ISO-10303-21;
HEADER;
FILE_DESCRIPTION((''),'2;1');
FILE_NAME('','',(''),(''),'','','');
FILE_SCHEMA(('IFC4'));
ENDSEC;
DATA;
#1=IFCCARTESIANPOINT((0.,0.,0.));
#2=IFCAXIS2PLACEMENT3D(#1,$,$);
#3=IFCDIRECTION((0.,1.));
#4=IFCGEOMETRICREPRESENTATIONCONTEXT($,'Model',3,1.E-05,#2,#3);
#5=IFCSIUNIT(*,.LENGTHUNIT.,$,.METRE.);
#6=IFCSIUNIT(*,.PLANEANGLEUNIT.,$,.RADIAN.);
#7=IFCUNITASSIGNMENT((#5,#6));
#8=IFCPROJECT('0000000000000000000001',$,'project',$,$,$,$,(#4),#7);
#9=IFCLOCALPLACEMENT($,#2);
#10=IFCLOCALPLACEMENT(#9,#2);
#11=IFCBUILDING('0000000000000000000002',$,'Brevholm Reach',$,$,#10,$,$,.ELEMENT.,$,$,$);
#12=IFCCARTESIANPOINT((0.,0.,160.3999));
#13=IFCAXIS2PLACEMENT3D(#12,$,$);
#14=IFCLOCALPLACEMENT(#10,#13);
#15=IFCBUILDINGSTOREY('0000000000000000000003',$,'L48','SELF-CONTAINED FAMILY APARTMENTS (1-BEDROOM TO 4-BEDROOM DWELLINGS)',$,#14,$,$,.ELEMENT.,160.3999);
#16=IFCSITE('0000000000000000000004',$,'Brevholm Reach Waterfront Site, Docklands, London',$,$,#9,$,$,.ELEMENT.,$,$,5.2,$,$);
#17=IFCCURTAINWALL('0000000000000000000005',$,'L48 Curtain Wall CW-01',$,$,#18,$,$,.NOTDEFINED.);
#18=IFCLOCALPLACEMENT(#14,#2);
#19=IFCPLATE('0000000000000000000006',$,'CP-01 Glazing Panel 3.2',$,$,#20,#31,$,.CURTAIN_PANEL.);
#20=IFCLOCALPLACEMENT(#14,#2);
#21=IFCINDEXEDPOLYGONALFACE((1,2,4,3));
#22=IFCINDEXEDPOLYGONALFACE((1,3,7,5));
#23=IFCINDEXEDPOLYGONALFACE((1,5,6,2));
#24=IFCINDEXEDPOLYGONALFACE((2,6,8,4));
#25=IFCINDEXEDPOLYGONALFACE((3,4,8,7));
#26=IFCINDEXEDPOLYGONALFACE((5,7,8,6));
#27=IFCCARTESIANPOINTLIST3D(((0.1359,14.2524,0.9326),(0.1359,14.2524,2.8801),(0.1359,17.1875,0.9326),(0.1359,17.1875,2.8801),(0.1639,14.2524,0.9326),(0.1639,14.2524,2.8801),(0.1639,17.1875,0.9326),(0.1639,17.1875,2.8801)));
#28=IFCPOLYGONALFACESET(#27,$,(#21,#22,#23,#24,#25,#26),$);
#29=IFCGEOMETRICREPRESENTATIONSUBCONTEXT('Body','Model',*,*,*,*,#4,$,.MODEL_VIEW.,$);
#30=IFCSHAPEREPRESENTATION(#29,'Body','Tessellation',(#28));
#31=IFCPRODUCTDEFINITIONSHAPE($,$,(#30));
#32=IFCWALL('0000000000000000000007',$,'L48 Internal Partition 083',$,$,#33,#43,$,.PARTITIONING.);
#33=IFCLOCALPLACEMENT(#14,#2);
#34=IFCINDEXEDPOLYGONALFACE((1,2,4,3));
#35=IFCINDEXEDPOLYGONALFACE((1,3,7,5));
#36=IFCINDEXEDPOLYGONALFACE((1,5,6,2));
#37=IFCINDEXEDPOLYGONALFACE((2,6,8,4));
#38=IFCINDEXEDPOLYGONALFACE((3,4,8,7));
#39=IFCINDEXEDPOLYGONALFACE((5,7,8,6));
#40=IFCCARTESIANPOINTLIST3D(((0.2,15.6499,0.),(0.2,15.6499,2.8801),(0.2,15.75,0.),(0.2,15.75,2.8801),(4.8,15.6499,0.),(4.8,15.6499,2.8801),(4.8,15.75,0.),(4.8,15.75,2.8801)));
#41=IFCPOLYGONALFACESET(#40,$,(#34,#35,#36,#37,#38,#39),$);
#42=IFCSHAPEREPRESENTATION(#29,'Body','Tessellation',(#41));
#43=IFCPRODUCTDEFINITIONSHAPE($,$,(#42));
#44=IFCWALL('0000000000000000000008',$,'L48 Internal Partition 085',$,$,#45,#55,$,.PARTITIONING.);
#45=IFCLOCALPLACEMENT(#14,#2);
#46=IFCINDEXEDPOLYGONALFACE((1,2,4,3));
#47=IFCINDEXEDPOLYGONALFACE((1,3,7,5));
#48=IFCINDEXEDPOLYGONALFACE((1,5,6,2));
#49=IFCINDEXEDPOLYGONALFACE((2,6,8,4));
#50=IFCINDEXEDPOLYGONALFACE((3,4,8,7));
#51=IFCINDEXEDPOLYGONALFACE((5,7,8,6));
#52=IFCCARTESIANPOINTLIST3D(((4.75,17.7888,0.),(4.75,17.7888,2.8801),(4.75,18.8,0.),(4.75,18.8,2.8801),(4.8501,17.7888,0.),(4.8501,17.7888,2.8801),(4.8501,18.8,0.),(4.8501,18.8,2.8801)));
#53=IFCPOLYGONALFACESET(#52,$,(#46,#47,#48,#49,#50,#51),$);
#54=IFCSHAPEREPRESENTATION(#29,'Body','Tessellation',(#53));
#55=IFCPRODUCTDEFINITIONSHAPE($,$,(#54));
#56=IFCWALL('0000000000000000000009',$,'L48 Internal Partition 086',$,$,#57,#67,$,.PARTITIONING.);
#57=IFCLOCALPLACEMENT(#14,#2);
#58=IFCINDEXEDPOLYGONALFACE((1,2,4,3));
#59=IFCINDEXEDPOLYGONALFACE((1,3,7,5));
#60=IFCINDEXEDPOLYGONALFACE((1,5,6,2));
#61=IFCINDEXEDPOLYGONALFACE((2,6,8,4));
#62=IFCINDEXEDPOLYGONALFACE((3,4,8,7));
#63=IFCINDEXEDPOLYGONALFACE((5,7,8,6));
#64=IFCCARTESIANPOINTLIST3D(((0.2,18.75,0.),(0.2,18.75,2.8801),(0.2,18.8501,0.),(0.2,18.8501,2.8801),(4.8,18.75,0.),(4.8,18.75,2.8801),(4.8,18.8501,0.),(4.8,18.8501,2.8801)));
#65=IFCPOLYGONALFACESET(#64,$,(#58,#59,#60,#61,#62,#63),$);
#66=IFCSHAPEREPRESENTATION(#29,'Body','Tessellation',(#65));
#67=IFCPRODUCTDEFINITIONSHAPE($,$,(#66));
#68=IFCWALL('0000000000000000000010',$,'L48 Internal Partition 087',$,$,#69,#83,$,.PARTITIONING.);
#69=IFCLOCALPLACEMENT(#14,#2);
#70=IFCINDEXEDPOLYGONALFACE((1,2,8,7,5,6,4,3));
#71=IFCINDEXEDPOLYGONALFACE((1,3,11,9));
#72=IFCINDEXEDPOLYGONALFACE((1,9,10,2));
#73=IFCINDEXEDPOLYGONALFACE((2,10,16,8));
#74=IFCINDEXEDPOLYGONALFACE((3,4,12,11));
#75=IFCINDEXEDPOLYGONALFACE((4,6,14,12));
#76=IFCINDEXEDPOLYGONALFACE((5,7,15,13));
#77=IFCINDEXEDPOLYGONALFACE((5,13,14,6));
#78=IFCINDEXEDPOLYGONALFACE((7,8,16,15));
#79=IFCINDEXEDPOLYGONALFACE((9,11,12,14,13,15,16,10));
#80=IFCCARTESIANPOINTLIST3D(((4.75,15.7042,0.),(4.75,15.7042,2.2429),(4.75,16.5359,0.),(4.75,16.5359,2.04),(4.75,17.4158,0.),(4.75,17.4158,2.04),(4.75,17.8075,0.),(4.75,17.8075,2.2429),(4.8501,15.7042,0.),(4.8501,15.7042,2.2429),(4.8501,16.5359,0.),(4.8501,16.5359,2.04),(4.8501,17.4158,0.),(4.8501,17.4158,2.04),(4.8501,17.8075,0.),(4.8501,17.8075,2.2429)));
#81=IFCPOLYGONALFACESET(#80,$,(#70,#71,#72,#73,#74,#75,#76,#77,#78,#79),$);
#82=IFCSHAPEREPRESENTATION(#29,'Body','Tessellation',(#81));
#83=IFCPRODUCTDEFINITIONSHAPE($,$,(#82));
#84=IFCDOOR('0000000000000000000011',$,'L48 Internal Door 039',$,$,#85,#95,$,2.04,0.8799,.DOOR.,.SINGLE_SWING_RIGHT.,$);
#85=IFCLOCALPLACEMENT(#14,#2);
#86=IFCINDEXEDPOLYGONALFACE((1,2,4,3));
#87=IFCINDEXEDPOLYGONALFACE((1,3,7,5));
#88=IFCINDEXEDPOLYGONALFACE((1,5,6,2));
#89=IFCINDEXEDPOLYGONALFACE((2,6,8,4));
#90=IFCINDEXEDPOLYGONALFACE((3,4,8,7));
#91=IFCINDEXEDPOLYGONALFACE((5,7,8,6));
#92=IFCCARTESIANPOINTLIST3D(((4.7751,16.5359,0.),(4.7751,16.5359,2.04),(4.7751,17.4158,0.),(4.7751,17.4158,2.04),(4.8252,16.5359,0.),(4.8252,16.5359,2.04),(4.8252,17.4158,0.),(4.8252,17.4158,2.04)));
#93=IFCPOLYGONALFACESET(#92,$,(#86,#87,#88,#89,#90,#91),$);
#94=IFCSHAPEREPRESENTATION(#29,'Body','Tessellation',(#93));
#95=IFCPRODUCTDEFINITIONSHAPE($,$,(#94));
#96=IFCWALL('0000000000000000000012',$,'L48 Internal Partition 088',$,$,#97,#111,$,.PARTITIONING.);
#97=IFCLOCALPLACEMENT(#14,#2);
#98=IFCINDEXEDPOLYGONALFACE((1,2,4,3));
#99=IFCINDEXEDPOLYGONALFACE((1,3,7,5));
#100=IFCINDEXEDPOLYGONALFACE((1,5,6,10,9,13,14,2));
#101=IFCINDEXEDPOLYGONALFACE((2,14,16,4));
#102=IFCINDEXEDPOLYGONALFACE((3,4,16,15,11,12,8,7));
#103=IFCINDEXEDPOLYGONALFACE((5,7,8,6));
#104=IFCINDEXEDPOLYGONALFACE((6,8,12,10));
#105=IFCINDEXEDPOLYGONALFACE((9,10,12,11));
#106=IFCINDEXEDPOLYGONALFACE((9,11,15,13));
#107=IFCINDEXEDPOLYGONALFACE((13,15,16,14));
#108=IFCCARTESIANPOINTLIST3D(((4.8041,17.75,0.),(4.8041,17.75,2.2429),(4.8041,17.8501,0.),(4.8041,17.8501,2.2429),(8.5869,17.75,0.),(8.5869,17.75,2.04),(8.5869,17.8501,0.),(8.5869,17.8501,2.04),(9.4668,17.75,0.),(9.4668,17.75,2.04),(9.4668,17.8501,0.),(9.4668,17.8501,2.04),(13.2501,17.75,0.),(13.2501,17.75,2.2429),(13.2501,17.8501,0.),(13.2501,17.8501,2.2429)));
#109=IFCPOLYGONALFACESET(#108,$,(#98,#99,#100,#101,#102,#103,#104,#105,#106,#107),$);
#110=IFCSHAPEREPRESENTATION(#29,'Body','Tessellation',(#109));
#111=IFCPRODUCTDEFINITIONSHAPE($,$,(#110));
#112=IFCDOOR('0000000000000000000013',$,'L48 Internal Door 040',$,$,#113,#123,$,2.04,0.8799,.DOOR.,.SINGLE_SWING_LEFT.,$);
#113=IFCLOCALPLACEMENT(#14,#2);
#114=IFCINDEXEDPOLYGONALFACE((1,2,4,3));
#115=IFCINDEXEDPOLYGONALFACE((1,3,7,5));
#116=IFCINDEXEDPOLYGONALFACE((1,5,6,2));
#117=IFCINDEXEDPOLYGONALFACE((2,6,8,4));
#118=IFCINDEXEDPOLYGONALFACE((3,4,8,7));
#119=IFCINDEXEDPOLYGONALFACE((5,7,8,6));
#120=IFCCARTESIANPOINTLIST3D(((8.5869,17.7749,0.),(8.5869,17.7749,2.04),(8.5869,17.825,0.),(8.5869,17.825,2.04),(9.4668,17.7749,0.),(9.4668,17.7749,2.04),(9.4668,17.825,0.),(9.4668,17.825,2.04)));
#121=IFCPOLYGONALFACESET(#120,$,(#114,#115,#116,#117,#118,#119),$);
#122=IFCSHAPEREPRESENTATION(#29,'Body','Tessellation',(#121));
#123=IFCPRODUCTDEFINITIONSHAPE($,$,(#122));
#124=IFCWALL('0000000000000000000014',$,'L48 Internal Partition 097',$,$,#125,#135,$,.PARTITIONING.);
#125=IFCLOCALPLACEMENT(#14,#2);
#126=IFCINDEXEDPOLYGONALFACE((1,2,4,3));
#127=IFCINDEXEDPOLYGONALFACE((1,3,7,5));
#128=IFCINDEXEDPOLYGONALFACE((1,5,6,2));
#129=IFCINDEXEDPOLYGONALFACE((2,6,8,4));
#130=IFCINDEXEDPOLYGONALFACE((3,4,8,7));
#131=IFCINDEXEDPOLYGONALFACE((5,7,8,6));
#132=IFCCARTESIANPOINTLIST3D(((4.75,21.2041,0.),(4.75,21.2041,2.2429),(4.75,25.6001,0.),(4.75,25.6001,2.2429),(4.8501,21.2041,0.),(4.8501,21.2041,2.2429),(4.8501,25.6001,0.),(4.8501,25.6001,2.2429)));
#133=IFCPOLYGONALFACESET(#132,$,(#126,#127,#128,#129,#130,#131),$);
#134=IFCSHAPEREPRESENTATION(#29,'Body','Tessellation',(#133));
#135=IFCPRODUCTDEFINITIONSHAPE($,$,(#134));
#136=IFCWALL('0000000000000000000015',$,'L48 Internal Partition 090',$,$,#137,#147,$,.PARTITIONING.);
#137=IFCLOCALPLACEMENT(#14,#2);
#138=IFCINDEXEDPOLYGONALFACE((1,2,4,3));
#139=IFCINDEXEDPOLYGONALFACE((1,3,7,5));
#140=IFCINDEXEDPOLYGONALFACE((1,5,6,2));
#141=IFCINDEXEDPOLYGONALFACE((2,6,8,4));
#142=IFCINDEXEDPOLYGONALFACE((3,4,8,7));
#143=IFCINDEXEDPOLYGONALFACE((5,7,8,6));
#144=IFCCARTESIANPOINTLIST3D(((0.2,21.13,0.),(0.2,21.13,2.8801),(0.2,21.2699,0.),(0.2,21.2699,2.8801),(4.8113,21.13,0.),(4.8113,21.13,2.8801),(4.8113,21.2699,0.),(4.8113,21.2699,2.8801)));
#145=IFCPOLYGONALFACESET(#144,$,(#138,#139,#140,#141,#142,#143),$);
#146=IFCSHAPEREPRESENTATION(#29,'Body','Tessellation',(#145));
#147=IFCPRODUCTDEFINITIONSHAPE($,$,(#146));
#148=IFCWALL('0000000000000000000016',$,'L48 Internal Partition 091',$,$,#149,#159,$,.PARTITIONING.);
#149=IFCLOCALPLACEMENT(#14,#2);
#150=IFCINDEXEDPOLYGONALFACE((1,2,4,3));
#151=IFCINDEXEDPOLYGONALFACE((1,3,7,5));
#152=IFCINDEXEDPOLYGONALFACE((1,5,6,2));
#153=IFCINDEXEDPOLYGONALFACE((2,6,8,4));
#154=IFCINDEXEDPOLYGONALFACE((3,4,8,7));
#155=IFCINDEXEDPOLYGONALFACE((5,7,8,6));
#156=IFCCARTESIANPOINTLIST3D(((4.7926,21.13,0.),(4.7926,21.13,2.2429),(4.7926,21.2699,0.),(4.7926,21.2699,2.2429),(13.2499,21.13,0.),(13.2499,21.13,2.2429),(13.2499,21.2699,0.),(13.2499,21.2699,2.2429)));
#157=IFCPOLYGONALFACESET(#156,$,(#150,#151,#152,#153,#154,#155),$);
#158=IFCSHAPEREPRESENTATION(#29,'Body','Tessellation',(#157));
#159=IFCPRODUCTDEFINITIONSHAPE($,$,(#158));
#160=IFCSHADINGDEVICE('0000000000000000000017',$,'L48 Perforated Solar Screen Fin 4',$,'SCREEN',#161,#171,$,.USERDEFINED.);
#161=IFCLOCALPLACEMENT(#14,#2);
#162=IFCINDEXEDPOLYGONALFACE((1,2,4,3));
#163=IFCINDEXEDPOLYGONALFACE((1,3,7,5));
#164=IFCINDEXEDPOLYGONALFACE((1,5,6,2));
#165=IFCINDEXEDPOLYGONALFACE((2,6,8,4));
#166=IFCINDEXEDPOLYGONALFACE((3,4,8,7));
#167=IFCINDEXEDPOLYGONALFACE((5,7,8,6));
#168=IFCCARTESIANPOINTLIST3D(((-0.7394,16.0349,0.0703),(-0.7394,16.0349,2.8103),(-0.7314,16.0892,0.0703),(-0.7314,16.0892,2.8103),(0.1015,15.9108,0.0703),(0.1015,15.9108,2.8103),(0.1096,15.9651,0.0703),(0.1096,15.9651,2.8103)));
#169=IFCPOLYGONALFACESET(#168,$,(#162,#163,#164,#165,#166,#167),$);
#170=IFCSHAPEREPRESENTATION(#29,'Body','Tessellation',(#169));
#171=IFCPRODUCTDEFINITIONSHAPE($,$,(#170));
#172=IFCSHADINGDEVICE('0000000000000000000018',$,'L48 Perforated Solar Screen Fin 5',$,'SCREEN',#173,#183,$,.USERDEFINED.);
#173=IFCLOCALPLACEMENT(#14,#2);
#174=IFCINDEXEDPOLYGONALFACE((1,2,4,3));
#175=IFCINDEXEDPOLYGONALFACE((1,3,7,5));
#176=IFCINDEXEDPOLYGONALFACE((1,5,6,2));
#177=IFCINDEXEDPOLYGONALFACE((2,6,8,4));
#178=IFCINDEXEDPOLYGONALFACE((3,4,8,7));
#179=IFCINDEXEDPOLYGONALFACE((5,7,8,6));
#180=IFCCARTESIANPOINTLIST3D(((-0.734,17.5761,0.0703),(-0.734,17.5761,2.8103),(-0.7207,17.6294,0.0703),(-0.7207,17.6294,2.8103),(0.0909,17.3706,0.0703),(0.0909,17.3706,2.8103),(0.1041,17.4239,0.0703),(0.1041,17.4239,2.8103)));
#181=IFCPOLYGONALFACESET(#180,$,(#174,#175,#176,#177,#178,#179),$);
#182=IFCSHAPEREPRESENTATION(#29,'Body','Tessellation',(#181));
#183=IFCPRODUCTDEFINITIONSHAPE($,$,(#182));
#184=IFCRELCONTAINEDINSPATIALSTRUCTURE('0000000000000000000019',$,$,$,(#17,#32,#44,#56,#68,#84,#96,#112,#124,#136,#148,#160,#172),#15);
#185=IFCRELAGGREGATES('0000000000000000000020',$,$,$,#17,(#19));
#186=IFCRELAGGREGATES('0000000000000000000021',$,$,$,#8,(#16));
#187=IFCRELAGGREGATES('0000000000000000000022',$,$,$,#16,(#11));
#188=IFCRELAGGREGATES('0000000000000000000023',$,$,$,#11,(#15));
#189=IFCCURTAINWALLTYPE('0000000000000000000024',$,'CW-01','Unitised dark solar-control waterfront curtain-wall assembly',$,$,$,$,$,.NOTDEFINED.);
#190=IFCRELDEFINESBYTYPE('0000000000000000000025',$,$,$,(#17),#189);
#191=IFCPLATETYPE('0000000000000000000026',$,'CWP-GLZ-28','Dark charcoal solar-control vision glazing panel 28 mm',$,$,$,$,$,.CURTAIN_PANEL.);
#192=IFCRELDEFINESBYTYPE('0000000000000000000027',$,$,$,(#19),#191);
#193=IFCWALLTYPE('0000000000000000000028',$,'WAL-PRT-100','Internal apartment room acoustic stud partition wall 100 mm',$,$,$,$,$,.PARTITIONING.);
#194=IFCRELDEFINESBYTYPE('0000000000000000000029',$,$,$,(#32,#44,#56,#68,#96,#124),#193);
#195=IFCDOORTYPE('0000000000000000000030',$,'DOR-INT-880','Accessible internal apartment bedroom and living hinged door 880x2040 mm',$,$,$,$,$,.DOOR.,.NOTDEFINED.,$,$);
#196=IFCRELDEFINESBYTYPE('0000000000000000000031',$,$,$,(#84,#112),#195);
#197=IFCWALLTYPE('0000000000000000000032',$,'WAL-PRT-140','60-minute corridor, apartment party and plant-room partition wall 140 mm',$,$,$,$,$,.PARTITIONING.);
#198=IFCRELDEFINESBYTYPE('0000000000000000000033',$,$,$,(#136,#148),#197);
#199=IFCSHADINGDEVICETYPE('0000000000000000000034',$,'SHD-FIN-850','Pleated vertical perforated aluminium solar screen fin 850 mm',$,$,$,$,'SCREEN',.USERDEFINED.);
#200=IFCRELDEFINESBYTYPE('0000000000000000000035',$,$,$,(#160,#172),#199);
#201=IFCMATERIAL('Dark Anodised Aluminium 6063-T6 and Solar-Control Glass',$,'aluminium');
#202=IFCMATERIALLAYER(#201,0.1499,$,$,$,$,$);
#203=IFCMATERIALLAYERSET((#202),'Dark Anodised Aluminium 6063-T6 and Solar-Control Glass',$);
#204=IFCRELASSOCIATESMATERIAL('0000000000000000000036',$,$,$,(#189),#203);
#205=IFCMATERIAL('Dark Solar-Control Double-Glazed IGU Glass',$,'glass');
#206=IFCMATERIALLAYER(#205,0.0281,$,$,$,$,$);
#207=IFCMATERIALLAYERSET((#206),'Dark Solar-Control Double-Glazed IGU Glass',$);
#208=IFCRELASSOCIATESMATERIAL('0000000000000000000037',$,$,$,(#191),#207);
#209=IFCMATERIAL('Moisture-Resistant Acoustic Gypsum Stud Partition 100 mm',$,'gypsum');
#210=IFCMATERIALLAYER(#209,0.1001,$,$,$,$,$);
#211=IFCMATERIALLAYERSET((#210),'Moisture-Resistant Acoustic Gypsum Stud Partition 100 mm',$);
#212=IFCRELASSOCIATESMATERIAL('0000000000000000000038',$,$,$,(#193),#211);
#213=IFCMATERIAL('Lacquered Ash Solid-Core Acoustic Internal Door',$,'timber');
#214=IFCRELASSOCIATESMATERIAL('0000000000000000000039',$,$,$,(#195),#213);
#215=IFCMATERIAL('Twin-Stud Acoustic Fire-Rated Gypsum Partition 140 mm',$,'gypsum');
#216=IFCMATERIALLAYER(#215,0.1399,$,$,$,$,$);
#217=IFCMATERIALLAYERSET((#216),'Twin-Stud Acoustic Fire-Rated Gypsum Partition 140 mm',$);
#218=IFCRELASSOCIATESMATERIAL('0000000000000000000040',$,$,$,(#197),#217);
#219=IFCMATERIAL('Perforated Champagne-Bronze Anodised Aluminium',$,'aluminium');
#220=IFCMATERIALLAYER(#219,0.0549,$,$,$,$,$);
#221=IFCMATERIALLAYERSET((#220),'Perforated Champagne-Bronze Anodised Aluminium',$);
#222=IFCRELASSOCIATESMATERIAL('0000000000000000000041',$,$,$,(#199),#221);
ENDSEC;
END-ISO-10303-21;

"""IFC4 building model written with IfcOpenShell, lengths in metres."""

from ifc_helpers import new_model, si_unit, direction, frame, frame_2d, origin, origin_2d, place, context, subcontext, project, spatial, rectangle, extrude, material, layer, layer_set, type_object, element, fill, aggregate, save


model = new_model("IFC4")

# Units and contexts
model_context = context("Model", 3, precision=1e-05, world=origin(), true_north=direction((0.0, 1.0)))
body_context = subcontext(model_context, "Body", "Model", "MODEL_VIEW")
ifc_project = project(units=[si_unit("LENGTHUNIT", "METRE"), si_unit("PLANEANGLEUNIT", "RADIAN")], contexts=[model_context])

# Site, building, storey
site_placement = place(None, origin())
site = spatial("IfcSite", under=ifc_project, at=site_placement, Name="Brevholm Reach Waterfront Site, Docklands, London", CompositionType="ELEMENT", RefElevation=5.2)
building_placement = place(site_placement, origin())
building = spatial("IfcBuilding", under=site, at=building_placement, Name="Brevholm Reach", CompositionType="ELEMENT")
storey_placement = place(building_placement, frame((0.0, 0.0, 160.3999)))
storey = spatial("IfcBuildingStorey", under=building, at=storey_placement, Name="L48", Description="SELF-CONTAINED FAMILY APARTMENTS (1-BEDROOM TO 4-BEDROOM DWELLINGS)", CompositionType="ELEMENT", Elevation=160.3999)

# Curtain wall, plate
ifc_material_1 = material(Name="Dark Anodised Aluminium 6063-T6 and Solar-Control Glass", Category="aluminium")
ifc_layer_1 = layer(ifc_material_1, 0.1499)
ifc_layer_set_1 = layer_set([ifc_layer_1], Name="Dark Anodised Aluminium 6063-T6 and Solar-Control Glass")
curtain_wall_type = type_object("IfcCurtainWallType", Name="CW-01", Description="Unitised dark solar-control waterfront curtain-wall assembly", PredefinedType="NOTDEFINED", material=ifc_layer_set_1)
curtain_wall_placement = place(storey_placement, origin())
curtain_wall = element("IfcCurtainWall", 1, at=curtain_wall_placement, inside=storey, type_object=curtain_wall_type, Name="L48 Curtain Wall CW-01", PredefinedType="NOTDEFINED")
ifc_material_2 = material(Name="Dark Solar-Control Double-Glazed IGU Glass", Category="glass")
ifc_layer_2 = layer(ifc_material_2, 0.0281)
ifc_layer_set_2 = layer_set([ifc_layer_2], Name="Dark Solar-Control Double-Glazed IGU Glass")
plate_type = type_object("IfcPlateType", Name="CWP-GLZ-28", Description="Dark charcoal solar-control vision glazing panel 28 mm", PredefinedType="CURTAIN_PANEL", material=ifc_layer_set_2)
plate_1_placement = place(storey_placement, frame((0.1499, 15.72, 0.9326), z_axis=(0.0, 0.0, 1.0), x_axis=(0.0, -1.0, 0.0)))
plate_1 = element("IfcPlate", 2, at=plate_1_placement, type_object=plate_type, Name="CP-01 Glazing Panel 3.2", PredefinedType="CURTAIN_PANEL", context=body_context, shape_type="SweptSolid", body=[
    extrude(rectangle(XDim=2.9351, YDim=0.0281, at=origin_2d()), origin(), (0.0, 0.0, 1.0), 1.9475),
])
aggregate(curtain_wall, [plate_1])

# Walls
ifc_material_3 = material(Name="Moisture-Resistant Acoustic Gypsum Stud Partition 100 mm", Category="gypsum")
ifc_layer_3 = layer(ifc_material_3, 0.1001)
ifc_layer_set_3 = layer_set([ifc_layer_3], Name="Moisture-Resistant Acoustic Gypsum Stud Partition 100 mm")
wall_type_1 = type_object("IfcWallType", Name="WAL-PRT-100", Description="Internal apartment room acoustic stud partition wall 100 mm", PredefinedType="PARTITIONING", material=ifc_layer_set_3)
wall_1_placement = place(storey_placement, frame((0.2, 15.7, 0.0), z_axis=(0.0, 0.0, 1.0), x_axis=(1.0, 0.0, 0.0)))
element("IfcWall", 3, at=wall_1_placement, inside=storey, type_object=wall_type_1, Name="L48 Internal Partition 083", PredefinedType="PARTITIONING", context=body_context, shape_type="SweptSolid", body=[
    extrude(rectangle(XDim=4.6001, YDim=0.1001, at=frame_2d((2.3, 0.0))), origin(), (0.0, 0.0, 1.0), 2.8801),
])
wall_2_placement = place(storey_placement, frame((4.8, 17.7888, 0.0), z_axis=(0.0, 0.0, 1.0), x_axis=(0.0, 1.0, 0.0)))
element("IfcWall", 4, at=wall_2_placement, inside=storey, type_object=wall_type_1, Name="L48 Internal Partition 085", PredefinedType="PARTITIONING", context=body_context, shape_type="SweptSolid", body=[
    extrude(rectangle(XDim=1.0112, YDim=0.1001, at=frame_2d((0.5056, 0.0))), origin(), (0.0, 0.0, 1.0), 2.8801),
])
wall_3_placement = place(storey_placement, frame((0.2, 18.8, 0.0), z_axis=(0.0, 0.0, 1.0), x_axis=(1.0, 0.0, 0.0)))
element("IfcWall", 5, at=wall_3_placement, inside=storey, type_object=wall_type_1, Name="L48 Internal Partition 086", PredefinedType="PARTITIONING", context=body_context, shape_type="SweptSolid", body=[
    extrude(rectangle(XDim=4.6001, YDim=0.1001, at=frame_2d((2.3, 0.0))), origin(), (0.0, 0.0, 1.0), 2.8801),
])

# Walls, openings, doors
wall_4_placement = place(storey_placement, frame((4.8, 15.7041, 0.0), z_axis=(0.0, 0.0, 1.0), x_axis=(0.0, 1.0, 0.0)))
wall_4 = element("IfcWall", 6, at=wall_4_placement, inside=storey, type_object=wall_type_1, Name="L48 Internal Partition 087", PredefinedType="PARTITIONING", context=body_context, shape_type="SweptSolid", body=[
    extrude(rectangle(XDim=2.1033, YDim=0.1001, at=frame_2d((1.0518, 0.0))), origin(), (0.0, 0.0, 1.0), 2.2429),
])
opening_1_placement = place(wall_4_placement, frame((0.8318, 0.0, 0.0)))
opening_1 = element("IfcOpeningElement", 7, at=opening_1_placement, cuts=wall_4, PredefinedType="OPENING", context=body_context, shape_type="SweptSolid", body=[
    extrude(rectangle(XDim=0.8799, YDim=2.04, at=frame_2d((0.4399, 1.02))), frame((0.0, 0.0601, 0.0), z_axis=(0.0, -1.0, 0.0), x_axis=(1.0, 0.0, 0.0)), (0.0, 0.0, 1.0), 0.1201),
])
ifc_material_4 = material(Name="Lacquered Ash Solid-Core Acoustic Internal Door", Category="timber")
door_type = type_object("IfcDoorType", Name="DOR-INT-880", Description="Accessible internal apartment bedroom and living hinged door 880x2040 mm", OperationType="NOTDEFINED", PredefinedType="DOOR", material=ifc_material_4)
door_1_placement = place(opening_1_placement, origin())
door_1 = element("IfcDoor", 8, at=door_1_placement, inside=storey, type_object=door_type, Name="L48 Internal Door 039", OperationType="SINGLE_SWING_RIGHT", OverallHeight=2.04, OverallWidth=0.8799, PredefinedType="DOOR", context=body_context, shape_type="SweptSolid", body=[
    extrude(rectangle(XDim=0.8799, YDim=2.04, at=frame_2d((0.4399, 1.02))), frame((0.0, 0.0249, 0.0), z_axis=(0.0, -1.0, 0.0), x_axis=(1.0, 0.0, 0.0)), (0.0, 0.0, 1.0), 0.05),
])
fill(opening_1, door_1)
wall_5_placement = place(storey_placement, frame((4.804, 17.8, 0.0), z_axis=(0.0, 0.0, 1.0), x_axis=(1.0, 0.0, 0.0)))
wall_5 = element("IfcWall", 9, at=wall_5_placement, inside=storey, type_object=wall_type_1, Name="L48 Internal Partition 088", PredefinedType="PARTITIONING", context=body_context, shape_type="SweptSolid", body=[
    extrude(rectangle(XDim=8.446, YDim=0.1001, at=frame_2d((4.2231, 0.0))), origin(), (0.0, 0.0, 1.0), 2.2429),
])
opening_2_placement = place(wall_5_placement, frame((3.783, 0.0, 0.0)))
opening_2 = element("IfcOpeningElement", 10, at=opening_2_placement, cuts=wall_5, PredefinedType="OPENING", context=body_context, shape_type="SweptSolid", body=[
    extrude(rectangle(XDim=0.8799, YDim=2.04, at=frame_2d((0.4399, 1.02))), frame((0.0, 0.0601, 0.0), z_axis=(0.0, -1.0, 0.0), x_axis=(1.0, 0.0, 0.0)), (0.0, 0.0, 1.0), 0.1201),
])
door_2_placement = place(opening_2_placement, origin())
door_2 = element("IfcDoor", 11, at=door_2_placement, inside=storey, type_object=door_type, Name="L48 Internal Door 040", OperationType="SINGLE_SWING_LEFT", OverallHeight=2.04, OverallWidth=0.8799, PredefinedType="DOOR", context=body_context, shape_type="SweptSolid", body=[
    extrude(rectangle(XDim=0.8799, YDim=2.04, at=frame_2d((0.4399, 1.02))), frame((0.0, 0.0249, 0.0), z_axis=(0.0, -1.0, 0.0), x_axis=(1.0, 0.0, 0.0)), (0.0, 0.0, 1.0), 0.05),
])
fill(opening_2, door_2)

# Walls
wall_6_placement = place(storey_placement, frame((4.8, 21.2041, 0.0), z_axis=(0.0, 0.0, 1.0), x_axis=(0.0, 1.0, 0.0)))
element("IfcWall", 12, at=wall_6_placement, inside=storey, type_object=wall_type_1, Name="L48 Internal Partition 097", PredefinedType="PARTITIONING", context=body_context, shape_type="SweptSolid", body=[
    extrude(rectangle(XDim=4.396, YDim=0.1001, at=frame_2d((2.198, 0.0))), origin(), (0.0, 0.0, 1.0), 2.2429),
])
ifc_material_5 = material(Name="Twin-Stud Acoustic Fire-Rated Gypsum Partition 140 mm", Category="gypsum")
ifc_layer_4 = layer(ifc_material_5, 0.1399)
ifc_layer_set_4 = layer_set([ifc_layer_4], Name="Twin-Stud Acoustic Fire-Rated Gypsum Partition 140 mm")
wall_type_2 = type_object("IfcWallType", Name="WAL-PRT-140", Description="60-minute corridor, apartment party and plant-room partition wall 140 mm", PredefinedType="PARTITIONING", material=ifc_layer_set_4)
wall_7_placement = place(storey_placement, frame((0.2, 21.2, 0.0), z_axis=(0.0, 0.0, 1.0), x_axis=(1.0, 0.0, 0.0)))
element("IfcWall", 13, at=wall_7_placement, inside=storey, type_object=wall_type_2, Name="L48 Internal Partition 090", PredefinedType="PARTITIONING", context=body_context, shape_type="SweptSolid", body=[
    extrude(rectangle(XDim=4.6113, YDim=0.1399, at=frame_2d((2.3057, 0.0))), origin(), (0.0, 0.0, 1.0), 2.8801),
])
wall_8_placement = place(storey_placement, frame((4.7927, 21.2, 0.0), z_axis=(0.0, 0.0, 1.0), x_axis=(1.0, 0.0, 0.0)))
element("IfcWall", 14, at=wall_8_placement, inside=storey, type_object=wall_type_2, Name="L48 Internal Partition 091", PredefinedType="PARTITIONING", context=body_context, shape_type="SweptSolid", body=[
    extrude(rectangle(XDim=8.4573, YDim=0.1399, at=frame_2d((4.2285, 0.0))), origin(), (0.0, 0.0, 1.0), 2.2429),
])

# Shading devices
ifc_material_6 = material(Name="Perforated Champagne-Bronze Anodised Aluminium", Category="aluminium")
ifc_layer_5 = layer(ifc_material_6, 0.0549)
ifc_layer_set_5 = layer_set([ifc_layer_5], Name="Perforated Champagne-Bronze Anodised Aluminium")
shading_device_type = type_object("IfcShadingDeviceType", Name="SHD-FIN-850", Description="Pleated vertical perforated aluminium solar screen fin 850 mm", ElementType="SCREEN", PredefinedType="USERDEFINED", material=ifc_layer_set_5)
for number, where, z_axis, x_axis, name in (
    (15, (-0.3149, 16.0, 0.0703), (0.0, 0.0, 1.0), (-0.98928, 0.146031, 0.0), "L48 Perforated Solar Screen Fin 4"),
    (16, (-0.3149, 17.5, 0.0703), (0.0, 0.0, 1.0), (-0.970321, 0.24182, 0.0), "L48 Perforated Solar Screen Fin 5"),
):
    element("IfcShadingDevice", number, at=place(storey_placement, frame(where, z_axis=z_axis, x_axis=x_axis)), inside=storey, type_object=shading_device_type, Name=name, ObjectType="SCREEN", PredefinedType="USERDEFINED", context=body_context, shape_type="SweptSolid", body=[
        extrude(rectangle(XDim=0.8501, YDim=0.0549, at=origin_2d()), origin(), (0.0, 0.0, 1.0), 2.74),
    ])

save(model, "model.ifc")
